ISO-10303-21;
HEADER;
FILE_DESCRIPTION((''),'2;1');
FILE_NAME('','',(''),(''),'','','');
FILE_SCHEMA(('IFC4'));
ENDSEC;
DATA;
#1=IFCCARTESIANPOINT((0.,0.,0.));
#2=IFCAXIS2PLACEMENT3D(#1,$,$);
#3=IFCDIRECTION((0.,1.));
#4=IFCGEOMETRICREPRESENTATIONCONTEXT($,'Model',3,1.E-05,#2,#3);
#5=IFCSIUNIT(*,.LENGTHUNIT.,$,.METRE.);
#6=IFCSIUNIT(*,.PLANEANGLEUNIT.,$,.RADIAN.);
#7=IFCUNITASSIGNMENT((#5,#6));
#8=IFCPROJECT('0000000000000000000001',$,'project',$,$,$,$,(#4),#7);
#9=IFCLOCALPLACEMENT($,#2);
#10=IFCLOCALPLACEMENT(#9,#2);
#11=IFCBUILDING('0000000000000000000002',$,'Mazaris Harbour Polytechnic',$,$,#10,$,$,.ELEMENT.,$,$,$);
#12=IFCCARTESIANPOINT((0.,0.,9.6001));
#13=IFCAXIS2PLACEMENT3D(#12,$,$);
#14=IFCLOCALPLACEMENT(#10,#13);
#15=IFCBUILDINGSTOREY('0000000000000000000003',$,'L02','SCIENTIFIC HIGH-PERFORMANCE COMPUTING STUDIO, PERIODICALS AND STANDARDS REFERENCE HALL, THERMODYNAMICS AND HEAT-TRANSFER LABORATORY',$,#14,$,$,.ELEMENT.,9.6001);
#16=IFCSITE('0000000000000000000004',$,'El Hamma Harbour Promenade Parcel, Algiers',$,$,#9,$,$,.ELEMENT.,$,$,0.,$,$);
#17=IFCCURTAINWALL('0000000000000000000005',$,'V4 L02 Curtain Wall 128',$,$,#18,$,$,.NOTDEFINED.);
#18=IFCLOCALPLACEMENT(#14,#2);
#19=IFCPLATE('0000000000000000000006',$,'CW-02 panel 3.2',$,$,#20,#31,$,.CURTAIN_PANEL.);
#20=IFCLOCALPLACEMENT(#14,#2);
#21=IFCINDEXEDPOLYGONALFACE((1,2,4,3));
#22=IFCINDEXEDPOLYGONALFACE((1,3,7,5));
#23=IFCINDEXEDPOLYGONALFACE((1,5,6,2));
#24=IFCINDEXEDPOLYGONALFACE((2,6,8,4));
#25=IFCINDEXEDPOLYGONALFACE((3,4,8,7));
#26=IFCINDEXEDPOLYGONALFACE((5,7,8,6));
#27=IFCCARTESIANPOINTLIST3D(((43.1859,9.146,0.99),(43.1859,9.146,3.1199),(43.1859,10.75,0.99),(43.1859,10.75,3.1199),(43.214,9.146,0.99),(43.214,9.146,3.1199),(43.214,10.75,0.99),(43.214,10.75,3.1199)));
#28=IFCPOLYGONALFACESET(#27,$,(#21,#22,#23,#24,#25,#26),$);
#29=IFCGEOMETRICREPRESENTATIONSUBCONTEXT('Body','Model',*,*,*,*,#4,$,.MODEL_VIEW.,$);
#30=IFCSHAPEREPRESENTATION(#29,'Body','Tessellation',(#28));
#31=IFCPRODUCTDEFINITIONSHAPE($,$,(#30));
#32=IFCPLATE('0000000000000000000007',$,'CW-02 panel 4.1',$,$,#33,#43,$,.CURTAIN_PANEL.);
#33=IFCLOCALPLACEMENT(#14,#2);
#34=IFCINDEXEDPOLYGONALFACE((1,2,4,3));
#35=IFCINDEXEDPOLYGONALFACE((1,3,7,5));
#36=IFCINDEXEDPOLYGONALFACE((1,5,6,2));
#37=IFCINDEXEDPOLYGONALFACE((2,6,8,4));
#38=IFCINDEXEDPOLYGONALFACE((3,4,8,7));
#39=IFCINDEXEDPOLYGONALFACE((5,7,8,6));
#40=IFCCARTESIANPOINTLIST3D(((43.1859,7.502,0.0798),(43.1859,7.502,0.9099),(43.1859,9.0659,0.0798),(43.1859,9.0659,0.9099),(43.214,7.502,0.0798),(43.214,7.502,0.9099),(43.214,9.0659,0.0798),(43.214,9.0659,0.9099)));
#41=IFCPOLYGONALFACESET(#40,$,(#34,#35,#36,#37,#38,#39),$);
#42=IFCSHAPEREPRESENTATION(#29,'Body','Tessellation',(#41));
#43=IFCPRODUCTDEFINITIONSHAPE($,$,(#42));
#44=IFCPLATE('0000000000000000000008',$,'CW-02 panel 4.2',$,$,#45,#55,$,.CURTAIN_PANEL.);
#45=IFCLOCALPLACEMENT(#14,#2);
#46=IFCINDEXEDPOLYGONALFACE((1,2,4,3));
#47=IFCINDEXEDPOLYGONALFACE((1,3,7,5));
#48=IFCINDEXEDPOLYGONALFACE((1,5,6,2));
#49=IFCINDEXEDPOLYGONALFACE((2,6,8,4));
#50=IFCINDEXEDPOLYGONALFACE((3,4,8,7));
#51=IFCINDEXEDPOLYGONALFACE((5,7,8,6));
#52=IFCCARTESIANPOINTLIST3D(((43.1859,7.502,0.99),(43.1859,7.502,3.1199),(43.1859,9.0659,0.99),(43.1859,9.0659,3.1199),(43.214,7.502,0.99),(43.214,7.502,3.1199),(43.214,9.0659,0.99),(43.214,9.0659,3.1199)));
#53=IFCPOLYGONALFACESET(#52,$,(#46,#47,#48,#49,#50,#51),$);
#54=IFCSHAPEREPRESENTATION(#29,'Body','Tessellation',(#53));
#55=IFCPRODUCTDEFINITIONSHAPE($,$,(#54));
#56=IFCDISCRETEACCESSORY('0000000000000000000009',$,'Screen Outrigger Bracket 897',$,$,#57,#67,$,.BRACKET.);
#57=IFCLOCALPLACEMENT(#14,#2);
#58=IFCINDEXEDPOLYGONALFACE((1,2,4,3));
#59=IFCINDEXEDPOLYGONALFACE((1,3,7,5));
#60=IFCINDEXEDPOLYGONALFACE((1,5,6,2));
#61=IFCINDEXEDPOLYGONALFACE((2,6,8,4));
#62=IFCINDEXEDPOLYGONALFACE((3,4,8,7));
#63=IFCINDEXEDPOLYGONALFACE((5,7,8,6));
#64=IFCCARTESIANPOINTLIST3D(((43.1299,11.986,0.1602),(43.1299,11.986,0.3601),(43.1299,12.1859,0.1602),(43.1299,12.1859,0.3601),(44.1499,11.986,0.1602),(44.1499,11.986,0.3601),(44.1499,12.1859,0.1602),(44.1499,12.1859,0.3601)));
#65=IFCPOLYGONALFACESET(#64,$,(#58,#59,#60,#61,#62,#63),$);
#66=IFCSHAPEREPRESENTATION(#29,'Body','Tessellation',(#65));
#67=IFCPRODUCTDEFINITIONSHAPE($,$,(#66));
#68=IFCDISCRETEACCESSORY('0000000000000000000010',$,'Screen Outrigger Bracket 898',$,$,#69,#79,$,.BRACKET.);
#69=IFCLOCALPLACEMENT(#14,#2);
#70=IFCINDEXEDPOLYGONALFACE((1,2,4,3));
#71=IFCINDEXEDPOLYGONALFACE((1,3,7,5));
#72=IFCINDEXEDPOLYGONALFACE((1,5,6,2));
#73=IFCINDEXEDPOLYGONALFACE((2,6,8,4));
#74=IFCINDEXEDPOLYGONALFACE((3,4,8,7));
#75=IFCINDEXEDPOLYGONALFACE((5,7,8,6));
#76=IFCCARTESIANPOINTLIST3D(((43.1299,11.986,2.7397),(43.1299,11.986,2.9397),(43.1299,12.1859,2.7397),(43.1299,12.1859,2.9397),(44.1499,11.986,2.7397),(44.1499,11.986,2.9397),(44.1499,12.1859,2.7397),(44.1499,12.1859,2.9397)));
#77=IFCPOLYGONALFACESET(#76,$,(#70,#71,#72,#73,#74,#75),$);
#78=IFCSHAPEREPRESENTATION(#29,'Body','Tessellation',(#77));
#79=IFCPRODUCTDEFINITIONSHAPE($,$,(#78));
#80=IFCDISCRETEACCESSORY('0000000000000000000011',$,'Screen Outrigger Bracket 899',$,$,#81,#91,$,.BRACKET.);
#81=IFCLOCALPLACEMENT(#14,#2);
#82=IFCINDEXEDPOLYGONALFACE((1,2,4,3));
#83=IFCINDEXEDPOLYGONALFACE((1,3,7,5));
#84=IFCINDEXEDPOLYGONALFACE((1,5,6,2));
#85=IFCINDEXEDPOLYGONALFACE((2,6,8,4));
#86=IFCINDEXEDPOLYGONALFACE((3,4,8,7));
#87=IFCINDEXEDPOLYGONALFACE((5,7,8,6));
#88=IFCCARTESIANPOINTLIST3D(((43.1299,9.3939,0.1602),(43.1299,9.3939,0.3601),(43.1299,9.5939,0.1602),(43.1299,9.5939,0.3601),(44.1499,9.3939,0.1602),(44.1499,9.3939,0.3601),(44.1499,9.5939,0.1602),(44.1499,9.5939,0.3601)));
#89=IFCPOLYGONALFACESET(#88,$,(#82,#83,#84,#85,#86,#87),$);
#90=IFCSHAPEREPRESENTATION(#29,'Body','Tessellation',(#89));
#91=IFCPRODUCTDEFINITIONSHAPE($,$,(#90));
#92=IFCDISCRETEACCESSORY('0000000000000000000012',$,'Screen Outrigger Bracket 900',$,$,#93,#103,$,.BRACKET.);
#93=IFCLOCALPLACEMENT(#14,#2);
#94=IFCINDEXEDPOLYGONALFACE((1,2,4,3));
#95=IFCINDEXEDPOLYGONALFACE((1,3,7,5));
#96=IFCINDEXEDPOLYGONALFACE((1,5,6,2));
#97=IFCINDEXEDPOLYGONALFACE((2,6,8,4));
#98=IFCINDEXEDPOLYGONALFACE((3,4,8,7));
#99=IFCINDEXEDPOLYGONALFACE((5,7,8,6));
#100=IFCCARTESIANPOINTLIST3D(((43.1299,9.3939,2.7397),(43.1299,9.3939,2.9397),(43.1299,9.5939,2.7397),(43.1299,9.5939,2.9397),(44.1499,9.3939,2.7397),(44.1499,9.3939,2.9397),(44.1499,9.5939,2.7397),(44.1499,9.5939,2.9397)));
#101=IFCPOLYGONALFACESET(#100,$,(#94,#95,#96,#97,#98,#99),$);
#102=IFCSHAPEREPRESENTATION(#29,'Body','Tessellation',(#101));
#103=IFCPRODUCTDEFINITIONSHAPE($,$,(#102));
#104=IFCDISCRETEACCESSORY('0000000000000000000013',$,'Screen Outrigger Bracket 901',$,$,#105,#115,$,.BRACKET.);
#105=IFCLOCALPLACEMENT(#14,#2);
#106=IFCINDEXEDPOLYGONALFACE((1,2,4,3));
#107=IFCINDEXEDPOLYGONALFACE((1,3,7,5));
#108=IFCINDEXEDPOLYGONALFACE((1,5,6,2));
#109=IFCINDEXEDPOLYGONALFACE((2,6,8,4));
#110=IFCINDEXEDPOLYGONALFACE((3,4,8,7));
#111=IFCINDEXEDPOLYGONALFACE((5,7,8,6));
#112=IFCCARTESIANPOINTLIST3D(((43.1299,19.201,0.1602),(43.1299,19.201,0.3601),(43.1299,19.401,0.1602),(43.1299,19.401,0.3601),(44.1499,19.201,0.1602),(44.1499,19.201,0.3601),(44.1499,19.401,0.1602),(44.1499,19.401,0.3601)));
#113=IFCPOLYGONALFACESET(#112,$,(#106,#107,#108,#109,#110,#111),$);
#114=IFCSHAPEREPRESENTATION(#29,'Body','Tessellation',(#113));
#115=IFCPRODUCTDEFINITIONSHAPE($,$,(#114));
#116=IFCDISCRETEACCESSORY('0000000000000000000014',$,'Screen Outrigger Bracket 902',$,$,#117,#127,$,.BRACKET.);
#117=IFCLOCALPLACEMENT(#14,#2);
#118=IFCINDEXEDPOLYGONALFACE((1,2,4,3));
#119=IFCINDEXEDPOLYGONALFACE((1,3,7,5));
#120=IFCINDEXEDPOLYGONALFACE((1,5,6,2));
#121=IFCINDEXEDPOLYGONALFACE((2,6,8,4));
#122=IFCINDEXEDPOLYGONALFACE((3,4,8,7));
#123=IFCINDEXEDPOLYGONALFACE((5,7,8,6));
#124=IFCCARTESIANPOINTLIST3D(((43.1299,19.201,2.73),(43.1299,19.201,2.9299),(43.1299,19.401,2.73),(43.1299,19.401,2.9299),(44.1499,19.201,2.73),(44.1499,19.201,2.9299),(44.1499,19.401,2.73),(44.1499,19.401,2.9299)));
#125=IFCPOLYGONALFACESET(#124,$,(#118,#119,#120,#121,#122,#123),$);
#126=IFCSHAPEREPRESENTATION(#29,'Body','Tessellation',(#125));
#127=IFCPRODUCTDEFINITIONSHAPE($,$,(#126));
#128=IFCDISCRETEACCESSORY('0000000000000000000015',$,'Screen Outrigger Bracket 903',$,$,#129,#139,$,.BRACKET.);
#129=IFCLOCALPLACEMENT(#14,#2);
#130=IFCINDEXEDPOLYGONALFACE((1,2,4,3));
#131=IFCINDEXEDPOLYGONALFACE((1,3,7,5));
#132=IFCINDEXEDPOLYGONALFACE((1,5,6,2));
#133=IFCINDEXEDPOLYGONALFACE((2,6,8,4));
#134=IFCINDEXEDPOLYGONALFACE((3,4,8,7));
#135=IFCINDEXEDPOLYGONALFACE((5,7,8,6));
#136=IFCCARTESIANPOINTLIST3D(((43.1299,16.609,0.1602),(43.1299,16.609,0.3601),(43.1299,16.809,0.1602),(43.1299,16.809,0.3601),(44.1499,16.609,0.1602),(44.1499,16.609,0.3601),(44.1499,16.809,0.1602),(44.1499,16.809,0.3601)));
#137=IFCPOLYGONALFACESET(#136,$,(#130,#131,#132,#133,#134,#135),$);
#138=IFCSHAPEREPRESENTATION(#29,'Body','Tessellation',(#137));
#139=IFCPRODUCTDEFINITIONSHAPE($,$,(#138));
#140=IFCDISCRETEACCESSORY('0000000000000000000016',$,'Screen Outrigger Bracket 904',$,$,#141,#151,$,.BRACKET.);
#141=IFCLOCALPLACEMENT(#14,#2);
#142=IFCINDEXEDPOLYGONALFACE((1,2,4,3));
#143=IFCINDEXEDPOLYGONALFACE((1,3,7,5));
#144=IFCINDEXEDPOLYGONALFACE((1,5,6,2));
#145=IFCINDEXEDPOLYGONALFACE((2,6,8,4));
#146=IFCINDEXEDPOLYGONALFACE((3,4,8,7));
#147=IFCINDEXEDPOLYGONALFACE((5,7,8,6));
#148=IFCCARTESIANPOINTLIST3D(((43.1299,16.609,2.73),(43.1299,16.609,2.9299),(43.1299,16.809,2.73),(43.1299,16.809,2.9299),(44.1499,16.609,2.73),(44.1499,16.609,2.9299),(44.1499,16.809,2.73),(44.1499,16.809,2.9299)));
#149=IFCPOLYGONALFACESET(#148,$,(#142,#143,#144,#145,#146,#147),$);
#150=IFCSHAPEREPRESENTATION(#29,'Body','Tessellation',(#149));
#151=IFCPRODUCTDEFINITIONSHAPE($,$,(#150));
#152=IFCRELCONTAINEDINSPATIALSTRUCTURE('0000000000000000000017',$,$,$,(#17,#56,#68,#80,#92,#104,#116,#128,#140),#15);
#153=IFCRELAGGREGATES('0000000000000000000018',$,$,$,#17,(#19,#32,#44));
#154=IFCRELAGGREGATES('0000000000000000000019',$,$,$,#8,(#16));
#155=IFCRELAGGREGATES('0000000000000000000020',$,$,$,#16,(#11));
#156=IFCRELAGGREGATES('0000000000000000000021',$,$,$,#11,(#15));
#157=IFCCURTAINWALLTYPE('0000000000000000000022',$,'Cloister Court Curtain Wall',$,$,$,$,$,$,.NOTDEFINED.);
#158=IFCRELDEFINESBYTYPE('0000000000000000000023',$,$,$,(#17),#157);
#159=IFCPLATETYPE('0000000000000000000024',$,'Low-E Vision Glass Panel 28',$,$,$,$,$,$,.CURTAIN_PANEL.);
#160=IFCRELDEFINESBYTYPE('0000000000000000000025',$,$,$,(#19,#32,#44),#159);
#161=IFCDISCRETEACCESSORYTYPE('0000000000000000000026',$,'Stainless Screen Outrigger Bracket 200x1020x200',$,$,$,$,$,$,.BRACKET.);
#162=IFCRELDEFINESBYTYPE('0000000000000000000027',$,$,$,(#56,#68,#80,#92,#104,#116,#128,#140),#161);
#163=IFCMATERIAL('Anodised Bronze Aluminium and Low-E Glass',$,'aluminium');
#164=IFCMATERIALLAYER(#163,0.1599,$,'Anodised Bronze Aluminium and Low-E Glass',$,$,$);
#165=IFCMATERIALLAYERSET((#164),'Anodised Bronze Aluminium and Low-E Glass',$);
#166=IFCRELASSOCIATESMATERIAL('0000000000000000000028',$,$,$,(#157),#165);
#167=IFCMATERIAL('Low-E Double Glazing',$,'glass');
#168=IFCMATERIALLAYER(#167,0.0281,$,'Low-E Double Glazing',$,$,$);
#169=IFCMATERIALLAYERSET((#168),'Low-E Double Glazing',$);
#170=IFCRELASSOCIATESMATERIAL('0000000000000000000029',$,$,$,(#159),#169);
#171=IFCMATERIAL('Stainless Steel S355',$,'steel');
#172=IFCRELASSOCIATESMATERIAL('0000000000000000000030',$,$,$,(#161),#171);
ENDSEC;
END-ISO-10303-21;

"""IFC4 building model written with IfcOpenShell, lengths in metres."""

from ifc_helpers import new_model, si_unit, direction, frame, origin, origin_2d, place, context, subcontext, project, spatial, rectangle, extrude, material, layer, layer_set, type_object, element, aggregate, save


model = new_model("IFC4")

# Units and contexts
model_context = context("Model", 3, precision=1e-05, world=origin(), true_north=direction((0.0, 1.0)))
body_context = subcontext(model_context, "Body", "Model", "MODEL_VIEW")
ifc_project = project(units=[si_unit("LENGTHUNIT", "METRE"), si_unit("PLANEANGLEUNIT", "RADIAN")], contexts=[model_context])

# Site, building, storey
site_placement = place(None, origin())
site = spatial("IfcSite", under=ifc_project, at=site_placement, Name="El Hamma Harbour Promenade Parcel, Algiers", CompositionType="ELEMENT", RefElevation=0.0)
building_placement = place(site_placement, origin())
building = spatial("IfcBuilding", under=site, at=building_placement, Name="Mazaris Harbour Polytechnic", CompositionType="ELEMENT")
storey_placement = place(building_placement, frame((0.0, 0.0, 9.6001)))
storey = spatial("IfcBuildingStorey", under=building, at=storey_placement, Name="L02", Description="SCIENTIFIC HIGH-PERFORMANCE COMPUTING STUDIO, PERIODICALS AND STANDARDS REFERENCE HALL, THERMODYNAMICS AND HEAT-TRANSFER LABORATORY", CompositionType="ELEMENT", Elevation=9.6001)

# Curtain wall
ifc_material_1 = material(Name="Anodised Bronze Aluminium and Low-E Glass", Category="aluminium")
ifc_layer_1 = layer(ifc_material_1, 0.1599, Name="Anodised Bronze Aluminium and Low-E Glass")
ifc_layer_set_1 = layer_set([ifc_layer_1], Name="Anodised Bronze Aluminium and Low-E Glass")
curtain_wall_type = type_object("IfcCurtainWallType", Name="Cloister Court Curtain Wall", PredefinedType="NOTDEFINED", material=ifc_layer_set_1)
curtain_wall_placement = place(storey_placement, origin())
curtain_wall = element("IfcCurtainWall", 1, at=curtain_wall_placement, inside=storey, type_object=curtain_wall_type, Name="V4 L02 Curtain Wall 128", PredefinedType="NOTDEFINED")

# Plates
ifc_material_2 = material(Name="Low-E Double Glazing", Category="glass")
ifc_layer_2 = layer(ifc_material_2, 0.0281, Name="Low-E Double Glazing")
ifc_layer_set_2 = layer_set([ifc_layer_2], Name="Low-E Double Glazing")
plate_type = type_object("IfcPlateType", Name="Low-E Vision Glass Panel 28", PredefinedType="CURTAIN_PANEL", material=ifc_layer_set_2)
plate_1_placement = place(storey_placement, frame((43.2, 9.948, 0.99), z_axis=(0.0, 0.0, 1.0), x_axis=(0.0, -1.0, 0.0)))
plate_1 = element("IfcPlate", 2, at=plate_1_placement, type_object=plate_type, Name="CW-02 panel 3.2", PredefinedType="CURTAIN_PANEL", context=body_context, shape_type="SweptSolid", body=[
    extrude(rectangle(XDim=1.604, YDim=0.0281, at=origin_2d()), origin(), (0.0, 0.0, 1.0), 2.1299),
])
plate_2_placement = place(storey_placement, frame((43.2, 8.2839, 0.0798), z_axis=(0.0, 0.0, 1.0), x_axis=(0.0, -1.0, 0.0)))
plate_2 = element("IfcPlate", 3, at=plate_2_placement, type_object=plate_type, Name="CW-02 panel 4.1", PredefinedType="CURTAIN_PANEL", context=body_context, shape_type="SweptSolid", body=[
    extrude(rectangle(XDim=1.564, YDim=0.0281, at=origin_2d()), origin(), (0.0, 0.0, 1.0), 0.8301),
])
plate_3_placement = place(storey_placement, frame((43.2, 8.2839, 0.99), z_axis=(0.0, 0.0, 1.0), x_axis=(0.0, -1.0, 0.0)))
plate_3 = element("IfcPlate", 4, at=plate_3_placement, type_object=plate_type, Name="CW-02 panel 4.2", PredefinedType="CURTAIN_PANEL", context=body_context, shape_type="SweptSolid", body=[
    extrude(rectangle(XDim=1.564, YDim=0.0281, at=origin_2d()), origin(), (0.0, 0.0, 1.0), 2.1299),
])
aggregate(curtain_wall, [plate_1, plate_2, plate_3])

# Discrete accessories
ifc_material_3 = material(Name="Stainless Steel S355", Category="steel")
discrete_accessory_type = type_object("IfcDiscreteAccessoryType", Name="Stainless Screen Outrigger Bracket 200x1020x200", PredefinedType="BRACKET", material=ifc_material_3)
for number, where, z_axis, x_axis, name in (
    (5, (43.6399, 12.0859, 0.1602), (0.0, 0.0, 1.0), (0.0, -1.0, 0.0), "Screen Outrigger Bracket 897"),
    (6, (43.6399, 12.0859, 2.7397), (0.0, 0.0, 1.0), (0.0, -1.0, 0.0), "Screen Outrigger Bracket 898"),
    (7, (43.6399, 9.4939, 0.1602), (0.0, 0.0, 1.0), (0.0, -1.0, 0.0), "Screen Outrigger Bracket 899"),
    (8, (43.6399, 9.4939, 2.7397), (0.0, 0.0, 1.0), (0.0, -1.0, 0.0), "Screen Outrigger Bracket 900"),
    (9, (43.6399, 19.301, 0.1602), (0.0, 0.0, 1.0), (0.0, -1.0, 0.0), "Screen Outrigger Bracket 901"),
    (10, (43.6399, 19.301, 2.73), (0.0, 0.0, 1.0), (0.0, -1.0, 0.0), "Screen Outrigger Bracket 902"),
    (11, (43.6399, 16.709, 0.1602), (0.0, 0.0, 1.0), (0.0, -1.0, 0.0), "Screen Outrigger Bracket 903"),
    (12, (43.6399, 16.709, 2.73), (0.0, 0.0, 1.0), (0.0, -1.0, 0.0), "Screen Outrigger Bracket 904"),
):
    element("IfcDiscreteAccessory", number, at=place(storey_placement, frame(where, z_axis=z_axis, x_axis=x_axis)), inside=storey, type_object=discrete_accessory_type, Name=name, PredefinedType="BRACKET", context=body_context, shape_type="SweptSolid", body=[
        extrude(rectangle(XDim=0.2, YDim=1.02, at=origin_2d()), origin(), (0.0, 0.0, 1.0), 0.2),
    ])

save(model, "model.ifc")
